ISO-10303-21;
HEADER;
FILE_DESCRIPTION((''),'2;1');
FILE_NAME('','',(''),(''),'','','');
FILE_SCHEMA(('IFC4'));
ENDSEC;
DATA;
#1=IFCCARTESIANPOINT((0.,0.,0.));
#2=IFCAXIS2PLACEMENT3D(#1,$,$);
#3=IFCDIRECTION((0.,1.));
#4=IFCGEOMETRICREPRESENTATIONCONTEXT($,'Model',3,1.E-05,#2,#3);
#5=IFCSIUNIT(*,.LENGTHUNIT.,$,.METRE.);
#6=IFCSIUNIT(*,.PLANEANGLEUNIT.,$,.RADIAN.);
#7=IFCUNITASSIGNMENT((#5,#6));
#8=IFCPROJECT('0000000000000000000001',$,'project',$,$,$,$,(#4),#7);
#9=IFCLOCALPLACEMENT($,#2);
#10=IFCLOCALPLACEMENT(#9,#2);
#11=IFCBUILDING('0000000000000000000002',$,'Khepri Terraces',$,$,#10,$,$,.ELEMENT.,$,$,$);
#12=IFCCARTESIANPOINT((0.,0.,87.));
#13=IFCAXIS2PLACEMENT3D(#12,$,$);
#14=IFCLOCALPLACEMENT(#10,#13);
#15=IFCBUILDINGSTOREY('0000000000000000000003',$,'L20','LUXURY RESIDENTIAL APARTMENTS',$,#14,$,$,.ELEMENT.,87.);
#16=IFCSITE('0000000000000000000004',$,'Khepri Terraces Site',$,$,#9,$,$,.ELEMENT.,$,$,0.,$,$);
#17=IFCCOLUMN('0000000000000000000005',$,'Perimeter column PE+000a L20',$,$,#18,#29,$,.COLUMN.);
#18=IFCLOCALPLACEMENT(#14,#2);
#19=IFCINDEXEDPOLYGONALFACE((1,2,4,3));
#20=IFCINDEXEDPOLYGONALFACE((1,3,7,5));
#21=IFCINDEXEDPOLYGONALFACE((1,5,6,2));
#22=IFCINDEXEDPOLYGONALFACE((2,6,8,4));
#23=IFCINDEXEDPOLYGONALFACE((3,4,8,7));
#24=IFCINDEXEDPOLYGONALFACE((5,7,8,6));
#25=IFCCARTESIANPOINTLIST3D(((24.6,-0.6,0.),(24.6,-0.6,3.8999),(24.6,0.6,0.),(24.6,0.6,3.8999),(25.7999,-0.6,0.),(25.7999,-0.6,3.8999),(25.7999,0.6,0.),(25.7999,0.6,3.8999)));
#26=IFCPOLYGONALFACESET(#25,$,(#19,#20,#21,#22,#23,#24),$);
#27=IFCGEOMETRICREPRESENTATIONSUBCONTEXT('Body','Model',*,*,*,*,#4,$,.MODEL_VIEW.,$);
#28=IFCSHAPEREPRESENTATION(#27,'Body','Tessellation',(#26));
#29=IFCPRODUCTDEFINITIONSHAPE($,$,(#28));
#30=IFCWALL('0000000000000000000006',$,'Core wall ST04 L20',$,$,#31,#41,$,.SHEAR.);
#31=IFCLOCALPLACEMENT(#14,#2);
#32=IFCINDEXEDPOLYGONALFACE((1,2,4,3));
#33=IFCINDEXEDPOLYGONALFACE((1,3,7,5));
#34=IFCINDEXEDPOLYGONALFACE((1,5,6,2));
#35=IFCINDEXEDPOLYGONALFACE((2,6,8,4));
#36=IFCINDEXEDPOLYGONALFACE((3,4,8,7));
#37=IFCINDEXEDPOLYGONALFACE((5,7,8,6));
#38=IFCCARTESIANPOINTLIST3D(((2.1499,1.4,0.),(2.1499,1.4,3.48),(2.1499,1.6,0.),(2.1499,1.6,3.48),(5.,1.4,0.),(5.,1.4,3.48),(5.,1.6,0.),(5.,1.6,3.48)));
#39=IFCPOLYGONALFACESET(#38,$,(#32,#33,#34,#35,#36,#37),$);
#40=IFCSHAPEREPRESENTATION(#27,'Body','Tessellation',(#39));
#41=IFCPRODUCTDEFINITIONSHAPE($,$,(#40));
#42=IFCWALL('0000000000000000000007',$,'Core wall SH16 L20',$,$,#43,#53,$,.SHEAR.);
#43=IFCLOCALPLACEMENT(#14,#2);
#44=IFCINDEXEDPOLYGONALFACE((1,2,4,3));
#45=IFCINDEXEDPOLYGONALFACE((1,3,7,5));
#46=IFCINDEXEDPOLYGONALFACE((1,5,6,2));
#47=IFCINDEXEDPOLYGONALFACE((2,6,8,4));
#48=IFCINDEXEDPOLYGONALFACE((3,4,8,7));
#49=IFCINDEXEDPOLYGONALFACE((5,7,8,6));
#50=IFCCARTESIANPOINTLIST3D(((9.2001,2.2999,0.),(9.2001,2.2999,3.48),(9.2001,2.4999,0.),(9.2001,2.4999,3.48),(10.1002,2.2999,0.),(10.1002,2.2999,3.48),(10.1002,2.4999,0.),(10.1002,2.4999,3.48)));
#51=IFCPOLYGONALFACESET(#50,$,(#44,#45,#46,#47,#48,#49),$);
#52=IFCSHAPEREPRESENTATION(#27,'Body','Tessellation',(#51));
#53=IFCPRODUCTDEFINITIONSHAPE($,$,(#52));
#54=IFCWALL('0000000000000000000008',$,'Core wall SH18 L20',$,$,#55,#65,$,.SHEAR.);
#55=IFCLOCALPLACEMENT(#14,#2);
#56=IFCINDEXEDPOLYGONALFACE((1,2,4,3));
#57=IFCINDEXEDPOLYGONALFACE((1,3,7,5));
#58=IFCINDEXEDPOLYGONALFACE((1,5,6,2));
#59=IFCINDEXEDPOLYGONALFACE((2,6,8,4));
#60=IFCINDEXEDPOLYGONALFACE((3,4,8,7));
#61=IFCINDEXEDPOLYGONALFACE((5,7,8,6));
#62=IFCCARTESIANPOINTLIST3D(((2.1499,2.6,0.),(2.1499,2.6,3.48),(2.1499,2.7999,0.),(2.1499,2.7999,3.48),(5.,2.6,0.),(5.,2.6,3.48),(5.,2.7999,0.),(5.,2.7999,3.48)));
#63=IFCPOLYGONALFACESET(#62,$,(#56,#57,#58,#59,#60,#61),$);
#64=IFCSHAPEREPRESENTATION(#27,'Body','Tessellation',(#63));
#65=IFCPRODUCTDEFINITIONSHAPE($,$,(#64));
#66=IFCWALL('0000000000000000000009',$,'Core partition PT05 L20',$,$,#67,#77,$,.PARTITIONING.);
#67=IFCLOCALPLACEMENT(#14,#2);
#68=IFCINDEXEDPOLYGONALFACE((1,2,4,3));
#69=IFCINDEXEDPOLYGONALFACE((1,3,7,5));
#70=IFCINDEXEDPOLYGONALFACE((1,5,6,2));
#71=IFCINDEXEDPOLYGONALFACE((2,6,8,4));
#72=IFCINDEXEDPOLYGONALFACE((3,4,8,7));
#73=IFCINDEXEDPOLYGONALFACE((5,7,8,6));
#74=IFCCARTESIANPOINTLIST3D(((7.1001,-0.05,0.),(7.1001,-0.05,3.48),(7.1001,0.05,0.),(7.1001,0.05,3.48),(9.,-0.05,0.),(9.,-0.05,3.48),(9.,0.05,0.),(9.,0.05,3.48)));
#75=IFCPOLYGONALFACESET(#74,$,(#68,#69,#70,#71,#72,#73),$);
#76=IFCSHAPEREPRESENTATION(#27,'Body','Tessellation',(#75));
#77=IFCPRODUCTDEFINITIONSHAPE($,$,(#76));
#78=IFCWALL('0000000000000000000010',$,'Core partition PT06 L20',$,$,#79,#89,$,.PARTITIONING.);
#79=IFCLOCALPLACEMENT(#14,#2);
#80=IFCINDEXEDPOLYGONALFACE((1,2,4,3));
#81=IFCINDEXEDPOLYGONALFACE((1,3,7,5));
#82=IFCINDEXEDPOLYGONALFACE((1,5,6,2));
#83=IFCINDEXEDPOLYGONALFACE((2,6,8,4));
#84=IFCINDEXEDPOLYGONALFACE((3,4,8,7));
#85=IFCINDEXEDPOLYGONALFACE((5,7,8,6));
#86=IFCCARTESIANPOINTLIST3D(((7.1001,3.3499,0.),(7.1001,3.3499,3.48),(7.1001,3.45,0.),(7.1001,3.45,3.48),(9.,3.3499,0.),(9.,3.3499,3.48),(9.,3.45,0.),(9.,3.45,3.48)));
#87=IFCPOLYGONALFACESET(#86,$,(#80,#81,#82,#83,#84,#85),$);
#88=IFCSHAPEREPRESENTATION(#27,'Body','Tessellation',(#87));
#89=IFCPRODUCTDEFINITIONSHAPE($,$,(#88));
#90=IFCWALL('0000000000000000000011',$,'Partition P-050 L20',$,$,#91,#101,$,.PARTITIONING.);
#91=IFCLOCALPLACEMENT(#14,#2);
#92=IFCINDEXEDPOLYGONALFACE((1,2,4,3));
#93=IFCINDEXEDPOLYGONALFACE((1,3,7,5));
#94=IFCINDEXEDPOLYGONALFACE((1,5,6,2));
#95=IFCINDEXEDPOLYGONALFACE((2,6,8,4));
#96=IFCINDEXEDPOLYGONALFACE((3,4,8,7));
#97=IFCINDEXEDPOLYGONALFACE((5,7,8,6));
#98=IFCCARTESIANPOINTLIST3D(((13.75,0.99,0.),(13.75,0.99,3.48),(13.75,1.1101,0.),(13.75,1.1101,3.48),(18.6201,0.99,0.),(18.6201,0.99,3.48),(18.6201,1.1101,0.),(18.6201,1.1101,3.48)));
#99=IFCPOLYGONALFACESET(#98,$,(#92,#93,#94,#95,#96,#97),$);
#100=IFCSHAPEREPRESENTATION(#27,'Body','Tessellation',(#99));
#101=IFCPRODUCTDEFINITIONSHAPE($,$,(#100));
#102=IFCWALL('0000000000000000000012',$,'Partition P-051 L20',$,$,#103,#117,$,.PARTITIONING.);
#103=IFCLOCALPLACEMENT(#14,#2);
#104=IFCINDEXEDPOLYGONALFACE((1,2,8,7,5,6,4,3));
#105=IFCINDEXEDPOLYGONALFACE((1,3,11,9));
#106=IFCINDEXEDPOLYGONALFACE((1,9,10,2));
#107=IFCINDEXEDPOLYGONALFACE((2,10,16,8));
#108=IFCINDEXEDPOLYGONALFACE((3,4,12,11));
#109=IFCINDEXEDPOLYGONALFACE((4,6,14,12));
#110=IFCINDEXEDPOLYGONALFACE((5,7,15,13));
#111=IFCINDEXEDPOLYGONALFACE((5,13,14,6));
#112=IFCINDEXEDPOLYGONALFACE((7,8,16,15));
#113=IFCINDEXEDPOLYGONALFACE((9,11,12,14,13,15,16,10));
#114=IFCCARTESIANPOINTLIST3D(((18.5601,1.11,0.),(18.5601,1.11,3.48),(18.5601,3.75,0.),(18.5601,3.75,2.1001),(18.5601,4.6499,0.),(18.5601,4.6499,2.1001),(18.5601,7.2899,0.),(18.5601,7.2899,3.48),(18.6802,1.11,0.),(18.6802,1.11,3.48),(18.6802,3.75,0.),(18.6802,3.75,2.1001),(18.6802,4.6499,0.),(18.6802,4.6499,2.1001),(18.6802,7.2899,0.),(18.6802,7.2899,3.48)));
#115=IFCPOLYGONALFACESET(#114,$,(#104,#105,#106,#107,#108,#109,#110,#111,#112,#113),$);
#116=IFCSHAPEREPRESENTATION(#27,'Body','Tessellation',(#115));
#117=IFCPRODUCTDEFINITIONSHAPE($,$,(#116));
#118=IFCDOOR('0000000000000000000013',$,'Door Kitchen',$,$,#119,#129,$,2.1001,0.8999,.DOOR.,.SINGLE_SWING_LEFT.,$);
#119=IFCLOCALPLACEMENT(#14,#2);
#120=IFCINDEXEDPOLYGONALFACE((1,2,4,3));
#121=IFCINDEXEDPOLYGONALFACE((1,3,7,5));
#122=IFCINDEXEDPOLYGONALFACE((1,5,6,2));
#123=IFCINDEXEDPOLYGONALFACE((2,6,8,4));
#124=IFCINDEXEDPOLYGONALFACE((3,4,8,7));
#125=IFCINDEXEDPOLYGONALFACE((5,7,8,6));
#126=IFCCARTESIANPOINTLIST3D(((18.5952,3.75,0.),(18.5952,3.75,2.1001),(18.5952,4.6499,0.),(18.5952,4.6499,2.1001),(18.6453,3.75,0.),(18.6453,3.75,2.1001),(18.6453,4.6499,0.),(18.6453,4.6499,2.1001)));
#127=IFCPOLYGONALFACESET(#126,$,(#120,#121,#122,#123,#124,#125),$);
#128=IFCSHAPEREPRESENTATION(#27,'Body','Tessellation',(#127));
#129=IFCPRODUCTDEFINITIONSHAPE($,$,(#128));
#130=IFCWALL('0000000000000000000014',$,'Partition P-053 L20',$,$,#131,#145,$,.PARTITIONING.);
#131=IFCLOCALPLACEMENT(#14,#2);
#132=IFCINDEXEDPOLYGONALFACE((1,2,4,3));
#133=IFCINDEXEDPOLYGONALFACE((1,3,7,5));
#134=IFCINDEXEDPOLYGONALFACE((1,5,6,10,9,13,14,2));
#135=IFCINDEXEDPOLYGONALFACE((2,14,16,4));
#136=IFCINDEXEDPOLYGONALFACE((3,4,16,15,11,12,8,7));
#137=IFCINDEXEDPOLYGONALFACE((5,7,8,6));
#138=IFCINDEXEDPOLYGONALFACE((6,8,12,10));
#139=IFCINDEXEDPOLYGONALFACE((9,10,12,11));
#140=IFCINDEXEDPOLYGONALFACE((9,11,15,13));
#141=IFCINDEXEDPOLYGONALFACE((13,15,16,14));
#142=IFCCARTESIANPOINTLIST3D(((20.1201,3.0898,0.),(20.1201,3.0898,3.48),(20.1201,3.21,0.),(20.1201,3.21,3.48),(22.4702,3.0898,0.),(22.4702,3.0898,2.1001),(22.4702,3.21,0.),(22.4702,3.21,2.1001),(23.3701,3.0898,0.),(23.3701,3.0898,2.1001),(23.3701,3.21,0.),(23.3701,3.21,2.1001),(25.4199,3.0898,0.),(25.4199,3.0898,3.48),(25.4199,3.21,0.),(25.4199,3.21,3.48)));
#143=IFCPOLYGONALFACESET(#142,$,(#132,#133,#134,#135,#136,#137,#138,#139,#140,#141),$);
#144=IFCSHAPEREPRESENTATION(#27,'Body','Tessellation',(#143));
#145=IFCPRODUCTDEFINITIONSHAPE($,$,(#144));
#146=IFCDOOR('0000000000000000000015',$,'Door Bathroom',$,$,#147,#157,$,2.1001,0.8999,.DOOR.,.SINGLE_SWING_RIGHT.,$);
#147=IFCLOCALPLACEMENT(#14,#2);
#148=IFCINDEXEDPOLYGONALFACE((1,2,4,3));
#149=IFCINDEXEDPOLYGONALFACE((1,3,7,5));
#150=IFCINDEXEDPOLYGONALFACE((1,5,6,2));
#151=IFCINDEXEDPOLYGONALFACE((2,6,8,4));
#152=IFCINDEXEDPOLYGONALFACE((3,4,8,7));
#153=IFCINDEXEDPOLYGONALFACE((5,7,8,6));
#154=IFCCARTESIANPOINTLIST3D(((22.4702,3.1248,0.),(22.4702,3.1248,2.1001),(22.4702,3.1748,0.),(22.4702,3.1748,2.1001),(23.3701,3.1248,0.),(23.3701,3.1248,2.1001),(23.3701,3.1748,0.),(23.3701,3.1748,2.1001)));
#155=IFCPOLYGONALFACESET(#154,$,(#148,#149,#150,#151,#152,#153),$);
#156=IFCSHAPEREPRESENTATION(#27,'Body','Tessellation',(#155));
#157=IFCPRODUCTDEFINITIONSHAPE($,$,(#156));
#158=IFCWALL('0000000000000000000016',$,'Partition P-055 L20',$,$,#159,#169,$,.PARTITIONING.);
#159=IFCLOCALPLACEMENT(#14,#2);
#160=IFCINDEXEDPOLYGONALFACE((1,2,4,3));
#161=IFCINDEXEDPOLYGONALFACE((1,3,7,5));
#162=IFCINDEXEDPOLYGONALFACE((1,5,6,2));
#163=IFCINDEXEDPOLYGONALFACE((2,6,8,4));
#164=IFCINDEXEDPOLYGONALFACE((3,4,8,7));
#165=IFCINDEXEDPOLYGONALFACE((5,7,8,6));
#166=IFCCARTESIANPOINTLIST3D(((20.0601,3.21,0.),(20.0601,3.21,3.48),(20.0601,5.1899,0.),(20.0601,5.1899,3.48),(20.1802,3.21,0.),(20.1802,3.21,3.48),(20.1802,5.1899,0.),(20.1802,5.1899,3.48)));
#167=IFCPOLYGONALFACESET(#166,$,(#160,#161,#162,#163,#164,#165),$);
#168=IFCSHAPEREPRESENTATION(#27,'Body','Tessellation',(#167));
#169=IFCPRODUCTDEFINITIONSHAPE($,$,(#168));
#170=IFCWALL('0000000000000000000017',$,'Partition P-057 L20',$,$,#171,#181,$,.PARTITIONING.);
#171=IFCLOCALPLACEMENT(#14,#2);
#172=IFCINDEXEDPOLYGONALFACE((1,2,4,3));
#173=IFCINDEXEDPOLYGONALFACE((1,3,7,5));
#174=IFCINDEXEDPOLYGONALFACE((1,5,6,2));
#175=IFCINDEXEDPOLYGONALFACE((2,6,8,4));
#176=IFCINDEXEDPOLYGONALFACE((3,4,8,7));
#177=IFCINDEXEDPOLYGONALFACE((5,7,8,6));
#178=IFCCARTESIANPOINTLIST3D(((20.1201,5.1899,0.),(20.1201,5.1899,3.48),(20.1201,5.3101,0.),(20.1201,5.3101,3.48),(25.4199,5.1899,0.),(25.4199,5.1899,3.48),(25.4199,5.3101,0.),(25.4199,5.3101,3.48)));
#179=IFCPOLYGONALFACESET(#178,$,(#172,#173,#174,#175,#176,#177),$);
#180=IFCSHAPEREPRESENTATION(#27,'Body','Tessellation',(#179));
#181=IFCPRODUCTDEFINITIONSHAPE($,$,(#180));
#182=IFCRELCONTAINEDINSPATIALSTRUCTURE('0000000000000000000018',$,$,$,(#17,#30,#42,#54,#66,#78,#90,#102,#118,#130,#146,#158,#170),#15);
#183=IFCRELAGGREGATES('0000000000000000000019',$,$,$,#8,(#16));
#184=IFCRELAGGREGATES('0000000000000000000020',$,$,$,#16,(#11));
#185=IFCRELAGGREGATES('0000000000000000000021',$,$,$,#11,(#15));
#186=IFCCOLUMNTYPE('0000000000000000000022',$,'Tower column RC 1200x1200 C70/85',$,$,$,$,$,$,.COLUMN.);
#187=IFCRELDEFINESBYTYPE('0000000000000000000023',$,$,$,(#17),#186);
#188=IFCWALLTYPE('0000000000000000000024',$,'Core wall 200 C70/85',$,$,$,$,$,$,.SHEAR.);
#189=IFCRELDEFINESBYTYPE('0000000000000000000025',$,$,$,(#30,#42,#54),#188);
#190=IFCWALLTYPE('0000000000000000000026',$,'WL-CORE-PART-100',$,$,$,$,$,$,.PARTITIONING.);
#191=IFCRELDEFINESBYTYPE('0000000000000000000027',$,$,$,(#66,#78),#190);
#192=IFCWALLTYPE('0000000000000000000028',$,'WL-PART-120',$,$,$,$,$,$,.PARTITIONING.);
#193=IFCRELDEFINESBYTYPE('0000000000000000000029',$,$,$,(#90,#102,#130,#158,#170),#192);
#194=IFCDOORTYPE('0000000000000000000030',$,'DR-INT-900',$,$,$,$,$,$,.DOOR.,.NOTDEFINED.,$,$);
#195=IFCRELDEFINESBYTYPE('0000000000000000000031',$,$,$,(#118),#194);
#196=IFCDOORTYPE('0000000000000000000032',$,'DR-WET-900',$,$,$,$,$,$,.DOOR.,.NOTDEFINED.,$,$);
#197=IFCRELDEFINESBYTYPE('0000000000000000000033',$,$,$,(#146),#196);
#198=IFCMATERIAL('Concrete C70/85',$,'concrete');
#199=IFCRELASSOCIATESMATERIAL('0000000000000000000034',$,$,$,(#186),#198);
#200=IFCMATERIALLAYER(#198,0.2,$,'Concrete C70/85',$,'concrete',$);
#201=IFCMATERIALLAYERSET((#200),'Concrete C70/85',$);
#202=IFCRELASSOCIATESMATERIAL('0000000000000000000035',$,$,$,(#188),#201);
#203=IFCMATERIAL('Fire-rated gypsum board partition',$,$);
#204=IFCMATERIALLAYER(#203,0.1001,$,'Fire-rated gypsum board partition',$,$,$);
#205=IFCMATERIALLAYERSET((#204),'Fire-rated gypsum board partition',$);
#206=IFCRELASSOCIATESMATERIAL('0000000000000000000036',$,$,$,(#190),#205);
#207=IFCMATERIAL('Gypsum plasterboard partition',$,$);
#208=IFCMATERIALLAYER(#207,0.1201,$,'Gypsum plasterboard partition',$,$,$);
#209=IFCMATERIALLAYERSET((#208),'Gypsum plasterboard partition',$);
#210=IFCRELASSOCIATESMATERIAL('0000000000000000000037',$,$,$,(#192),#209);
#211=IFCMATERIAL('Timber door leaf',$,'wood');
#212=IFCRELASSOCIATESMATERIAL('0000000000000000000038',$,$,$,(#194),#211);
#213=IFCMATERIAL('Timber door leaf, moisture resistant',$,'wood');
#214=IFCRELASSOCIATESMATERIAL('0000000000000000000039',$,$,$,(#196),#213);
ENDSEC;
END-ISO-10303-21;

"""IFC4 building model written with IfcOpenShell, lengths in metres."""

from ifc_helpers import new_model, si_unit, direction, frame, frame_2d, origin, origin_2d, place, context, subcontext, project, spatial, rectangle, extrude, material, layer, layer_set, material_profile, profile_set, type_object, element, fill, save


model = new_model("IFC4")

# Units and contexts
model_context = context("Model", 3, precision=1e-05, world=origin(), true_north=direction((0.0, 1.0)))
body_context = subcontext(model_context, "Body", "Model", "MODEL_VIEW")
ifc_project = project(units=[si_unit("LENGTHUNIT", "METRE"), si_unit("PLANEANGLEUNIT", "RADIAN")], contexts=[model_context])

# Site, building, storey
site_placement = place(None, origin())
site = spatial("IfcSite", under=ifc_project, at=site_placement, Name="Khepri Terraces Site", CompositionType="ELEMENT", RefElevation=0.0)
building_placement = place(site_placement, origin())
building = spatial("IfcBuilding", under=site, at=building_placement, Name="Khepri Terraces", CompositionType="ELEMENT")
storey_placement = place(building_placement, frame((0.0, 0.0, 87.0)))
storey = spatial("IfcBuildingStorey", under=building, at=storey_placement, Name="L20", Description="LUXURY RESIDENTIAL APARTMENTS", CompositionType="ELEMENT", Elevation=87.0)

# Column
ifc_material_1 = material(Name="Concrete C70/85", Category="concrete")
ifc_material_profile = material_profile(ifc_material_1, rectangle(XDim=1.2, YDim=1.2, at=origin_2d()), Name="Concrete C70/85", Category="concrete")
ifc_profile_set = profile_set([ifc_material_profile], Name="Concrete C70/85")
column_type = type_object("IfcColumnType", Name="Tower column RC 1200x1200 C70/85", PredefinedType="COLUMN", material=ifc_profile_set)
column_placement = place(storey_placement, frame((25.2, 0.0, 0.0), z_axis=(0.0, 0.0, 1.0), x_axis=(1.0, 0.0, 0.0)))
element("IfcColumn", 1, at=column_placement, inside=storey, type_object=column_type, Name="Perimeter column PE+000a L20", PredefinedType="COLUMN", context=body_context, shape_type="SweptSolid", body=[
    extrude(rectangle(XDim=1.2, YDim=1.2, at=origin_2d()), origin(), (0.0, 0.0, 1.0), 3.8999),
])

# Walls
ifc_layer_1 = layer(ifc_material_1, 0.2, Name="Concrete C70/85", Category="concrete")
ifc_layer_set_1 = layer_set([ifc_layer_1], Name="Concrete C70/85")
wall_type_1 = type_object("IfcWallType", Name="Core wall 200 C70/85", PredefinedType="SHEAR", material=ifc_layer_set_1)
wall_1_placement = place(storey_placement, frame((2.1499, 1.5, 0.0), z_axis=(0.0, 0.0, 1.0), x_axis=(1.0, 0.0, 0.0)))
element("IfcWall", 2, at=wall_1_placement, inside=storey, type_object=wall_type_1, Name="Core wall ST04 L20", PredefinedType="SHEAR", context=body_context, shape_type="SweptSolid", body=[
    extrude(rectangle(XDim=2.8501, YDim=0.2, at=frame_2d((1.425, 0.0))), origin(), (0.0, 0.0, 1.0), 3.48),
])
wall_2_placement = place(storey_placement, frame((9.2, 2.3999, 0.0), z_axis=(0.0, 0.0, 1.0), x_axis=(1.0, 0.0, 0.0)))
element("IfcWall", 3, at=wall_2_placement, inside=storey, type_object=wall_type_1, Name="Core wall SH16 L20", PredefinedType="SHEAR", context=body_context, shape_type="SweptSolid", body=[
    extrude(rectangle(XDim=0.9001, YDim=0.2, at=frame_2d((0.4502, 0.0))), origin(), (0.0, 0.0, 1.0), 3.48),
])
wall_3_placement = place(storey_placement, frame((2.1499, 2.7, 0.0), z_axis=(0.0, 0.0, 1.0), x_axis=(1.0, 0.0, 0.0)))
element("IfcWall", 4, at=wall_3_placement, inside=storey, type_object=wall_type_1, Name="Core wall SH18 L20", PredefinedType="SHEAR", context=body_context, shape_type="SweptSolid", body=[
    extrude(rectangle(XDim=2.8501, YDim=0.2, at=frame_2d((1.425, 0.0))), origin(), (0.0, 0.0, 1.0), 3.48),
])
ifc_material_2 = material(Name="Fire-rated gypsum board partition")
ifc_layer_2 = layer(ifc_material_2, 0.1001, Name="Fire-rated gypsum board partition")
ifc_layer_set_2 = layer_set([ifc_layer_2], Name="Fire-rated gypsum board partition")
wall_type_2 = type_object("IfcWallType", Name="WL-CORE-PART-100", PredefinedType="PARTITIONING", material=ifc_layer_set_2)
for number, where, z_axis, x_axis, name in (
    (5, (7.1001, 0.0, 0.0), (0.0, 0.0, 1.0), (1.0, 0.0, 0.0), "Core partition PT05 L20"),
    (6, (7.1001, 3.3999, 0.0), (0.0, 0.0, 1.0), (1.0, 0.0, 0.0), "Core partition PT06 L20"),
):
    element("IfcWall", number, at=place(storey_placement, frame(where, z_axis=z_axis, x_axis=x_axis)), inside=storey, type_object=wall_type_2, Name=name, PredefinedType="PARTITIONING", context=body_context, shape_type="SweptSolid", body=[
        extrude(rectangle(XDim=1.8999, YDim=0.1001, at=frame_2d((0.95, 0.0))), origin(), (0.0, 0.0, 1.0), 3.48),
    ])

# Wall
ifc_material_3 = material(Name="Gypsum plasterboard partition")
ifc_layer_3 = layer(ifc_material_3, 0.1201, Name="Gypsum plasterboard partition")
ifc_layer_set_3 = layer_set([ifc_layer_3], Name="Gypsum plasterboard partition")
wall_type_3 = type_object("IfcWallType", Name="WL-PART-120", PredefinedType="PARTITIONING", material=ifc_layer_set_3)
wall_4_placement = place(storey_placement, frame((13.75, 1.05, 0.0), z_axis=(0.0, 0.0, 1.0), x_axis=(1.0, 0.0, 0.0)))
element("IfcWall", 7, at=wall_4_placement, inside=storey, type_object=wall_type_3, Name="Partition P-050 L20", PredefinedType="PARTITIONING", context=body_context, shape_type="SweptSolid", body=[
    extrude(rectangle(XDim=4.8701, YDim=0.1201, at=frame_2d((2.4351, 0.0))), origin(), (0.0, 0.0, 1.0), 3.48),
])

# Walls, openings, doors
wall_5_placement = place(storey_placement, frame((18.6201, 1.1101, 0.0), z_axis=(0.0, 0.0, 1.0), x_axis=(0.0, 1.0, 0.0)))
wall_5 = element("IfcWall", 8, at=wall_5_placement, inside=storey, type_object=wall_type_3, Name="Partition P-051 L20", PredefinedType="PARTITIONING", context=body_context, shape_type="SweptSolid", body=[
    extrude(rectangle(XDim=6.1799, YDim=0.1201, at=frame_2d((3.0898, 0.0))), origin(), (0.0, 0.0, 1.0), 3.48),
])
opening_1_placement = place(wall_5_placement, frame((2.6399, 0.0, 0.0)))
opening_1 = element("IfcOpeningElement", 9, at=opening_1_placement, cuts=wall_5, PredefinedType="OPENING", context=body_context, shape_type="SweptSolid", body=[
    extrude(rectangle(XDim=0.8999, YDim=2.1001, at=frame_2d((0.45, 1.05))), frame((0.0, 0.0701, 0.0), z_axis=(0.0, -1.0, 0.0), x_axis=(1.0, 0.0, 0.0)), (0.0, 0.0, 1.0), 0.1401),
])
ifc_material_4 = material(Name="Timber door leaf", Category="wood")
door_type_1 = type_object("IfcDoorType", Name="DR-INT-900", OperationType="NOTDEFINED", PredefinedType="DOOR", material=ifc_material_4)
door_1_placement = place(opening_1_placement, origin())
door_1 = element("IfcDoor", 10, at=door_1_placement, inside=storey, type_object=door_type_1, Name="Door Kitchen", OperationType="SINGLE_SWING_LEFT", OverallHeight=2.1001, OverallWidth=0.8999, PredefinedType="DOOR", context=body_context, shape_type="SweptSolid", body=[
    extrude(rectangle(XDim=0.8999, YDim=2.1001, at=frame_2d((0.45, 1.05))), frame((0.0, 0.0249, 0.0), z_axis=(0.0, -1.0, 0.0), x_axis=(1.0, 0.0, 0.0)), (0.0, 0.0, 1.0), 0.05),
])
fill(opening_1, door_1)
wall_6_placement = place(storey_placement, frame((20.1201, 3.1499, 0.0), z_axis=(0.0, 0.0, 1.0), x_axis=(1.0, 0.0, 0.0)))
wall_6 = element("IfcWall", 11, at=wall_6_placement, inside=storey, type_object=wall_type_3, Name="Partition P-053 L20", PredefinedType="PARTITIONING", context=body_context, shape_type="SweptSolid", body=[
    extrude(rectangle(XDim=5.2998, YDim=0.1201, at=frame_2d((2.6499, 0.0))), origin(), (0.0, 0.0, 1.0), 3.48),
])
opening_2_placement = place(wall_6_placement, frame((2.3501, 0.0, 0.0)))
opening_2 = element("IfcOpeningElement", 12, at=opening_2_placement, cuts=wall_6, PredefinedType="OPENING", context=body_context, shape_type="SweptSolid", body=[
    extrude(rectangle(XDim=0.8999, YDim=2.1001, at=frame_2d((0.45, 1.05))), frame((0.0, 0.0701, 0.0), z_axis=(0.0, -1.0, 0.0), x_axis=(1.0, 0.0, 0.0)), (0.0, 0.0, 1.0), 0.1401),
])
ifc_material_5 = material(Name="Timber door leaf, moisture resistant", Category="wood")
door_type_2 = type_object("IfcDoorType", Name="DR-WET-900", OperationType="NOTDEFINED", PredefinedType="DOOR", material=ifc_material_5)
door_2_placement = place(opening_2_placement, origin())
door_2 = element("IfcDoor", 13, at=door_2_placement, inside=storey, type_object=door_type_2, Name="Door Bathroom", OperationType="SINGLE_SWING_RIGHT", OverallHeight=2.1001, OverallWidth=0.8999, PredefinedType="DOOR", context=body_context, shape_type="SweptSolid", body=[
    extrude(rectangle(XDim=0.8999, YDim=2.1001, at=frame_2d((0.45, 1.05))), frame((0.0, 0.0249, 0.0), z_axis=(0.0, -1.0, 0.0), x_axis=(1.0, 0.0, 0.0)), (0.0, 0.0, 1.0), 0.05),
])
fill(opening_2, door_2)

# Walls
wall_7_placement = place(storey_placement, frame((20.1201, 3.21, 0.0), z_axis=(0.0, 0.0, 1.0), x_axis=(0.0, 1.0, 0.0)))
element("IfcWall", 14, at=wall_7_placement, inside=storey, type_object=wall_type_3, Name="Partition P-055 L20", PredefinedType="PARTITIONING", context=body_context, shape_type="SweptSolid", body=[
    extrude(rectangle(XDim=1.98, YDim=0.1201, at=frame_2d((0.99, 0.0))), origin(), (0.0, 0.0, 1.0), 3.48),
])
wall_8_placement = place(storey_placement, frame((20.1201, 5.25, 0.0), z_axis=(0.0, 0.0, 1.0), x_axis=(1.0, 0.0, 0.0)))
element("IfcWall", 15, at=wall_8_placement, inside=storey, type_object=wall_type_3, Name="Partition P-057 L20", PredefinedType="PARTITIONING", context=body_context, shape_type="SweptSolid", body=[
    extrude(rectangle(XDim=5.2998, YDim=0.1201, at=frame_2d((2.6499, 0.0))), origin(), (0.0, 0.0, 1.0), 3.48),
])

save(model, "model.ifc")
